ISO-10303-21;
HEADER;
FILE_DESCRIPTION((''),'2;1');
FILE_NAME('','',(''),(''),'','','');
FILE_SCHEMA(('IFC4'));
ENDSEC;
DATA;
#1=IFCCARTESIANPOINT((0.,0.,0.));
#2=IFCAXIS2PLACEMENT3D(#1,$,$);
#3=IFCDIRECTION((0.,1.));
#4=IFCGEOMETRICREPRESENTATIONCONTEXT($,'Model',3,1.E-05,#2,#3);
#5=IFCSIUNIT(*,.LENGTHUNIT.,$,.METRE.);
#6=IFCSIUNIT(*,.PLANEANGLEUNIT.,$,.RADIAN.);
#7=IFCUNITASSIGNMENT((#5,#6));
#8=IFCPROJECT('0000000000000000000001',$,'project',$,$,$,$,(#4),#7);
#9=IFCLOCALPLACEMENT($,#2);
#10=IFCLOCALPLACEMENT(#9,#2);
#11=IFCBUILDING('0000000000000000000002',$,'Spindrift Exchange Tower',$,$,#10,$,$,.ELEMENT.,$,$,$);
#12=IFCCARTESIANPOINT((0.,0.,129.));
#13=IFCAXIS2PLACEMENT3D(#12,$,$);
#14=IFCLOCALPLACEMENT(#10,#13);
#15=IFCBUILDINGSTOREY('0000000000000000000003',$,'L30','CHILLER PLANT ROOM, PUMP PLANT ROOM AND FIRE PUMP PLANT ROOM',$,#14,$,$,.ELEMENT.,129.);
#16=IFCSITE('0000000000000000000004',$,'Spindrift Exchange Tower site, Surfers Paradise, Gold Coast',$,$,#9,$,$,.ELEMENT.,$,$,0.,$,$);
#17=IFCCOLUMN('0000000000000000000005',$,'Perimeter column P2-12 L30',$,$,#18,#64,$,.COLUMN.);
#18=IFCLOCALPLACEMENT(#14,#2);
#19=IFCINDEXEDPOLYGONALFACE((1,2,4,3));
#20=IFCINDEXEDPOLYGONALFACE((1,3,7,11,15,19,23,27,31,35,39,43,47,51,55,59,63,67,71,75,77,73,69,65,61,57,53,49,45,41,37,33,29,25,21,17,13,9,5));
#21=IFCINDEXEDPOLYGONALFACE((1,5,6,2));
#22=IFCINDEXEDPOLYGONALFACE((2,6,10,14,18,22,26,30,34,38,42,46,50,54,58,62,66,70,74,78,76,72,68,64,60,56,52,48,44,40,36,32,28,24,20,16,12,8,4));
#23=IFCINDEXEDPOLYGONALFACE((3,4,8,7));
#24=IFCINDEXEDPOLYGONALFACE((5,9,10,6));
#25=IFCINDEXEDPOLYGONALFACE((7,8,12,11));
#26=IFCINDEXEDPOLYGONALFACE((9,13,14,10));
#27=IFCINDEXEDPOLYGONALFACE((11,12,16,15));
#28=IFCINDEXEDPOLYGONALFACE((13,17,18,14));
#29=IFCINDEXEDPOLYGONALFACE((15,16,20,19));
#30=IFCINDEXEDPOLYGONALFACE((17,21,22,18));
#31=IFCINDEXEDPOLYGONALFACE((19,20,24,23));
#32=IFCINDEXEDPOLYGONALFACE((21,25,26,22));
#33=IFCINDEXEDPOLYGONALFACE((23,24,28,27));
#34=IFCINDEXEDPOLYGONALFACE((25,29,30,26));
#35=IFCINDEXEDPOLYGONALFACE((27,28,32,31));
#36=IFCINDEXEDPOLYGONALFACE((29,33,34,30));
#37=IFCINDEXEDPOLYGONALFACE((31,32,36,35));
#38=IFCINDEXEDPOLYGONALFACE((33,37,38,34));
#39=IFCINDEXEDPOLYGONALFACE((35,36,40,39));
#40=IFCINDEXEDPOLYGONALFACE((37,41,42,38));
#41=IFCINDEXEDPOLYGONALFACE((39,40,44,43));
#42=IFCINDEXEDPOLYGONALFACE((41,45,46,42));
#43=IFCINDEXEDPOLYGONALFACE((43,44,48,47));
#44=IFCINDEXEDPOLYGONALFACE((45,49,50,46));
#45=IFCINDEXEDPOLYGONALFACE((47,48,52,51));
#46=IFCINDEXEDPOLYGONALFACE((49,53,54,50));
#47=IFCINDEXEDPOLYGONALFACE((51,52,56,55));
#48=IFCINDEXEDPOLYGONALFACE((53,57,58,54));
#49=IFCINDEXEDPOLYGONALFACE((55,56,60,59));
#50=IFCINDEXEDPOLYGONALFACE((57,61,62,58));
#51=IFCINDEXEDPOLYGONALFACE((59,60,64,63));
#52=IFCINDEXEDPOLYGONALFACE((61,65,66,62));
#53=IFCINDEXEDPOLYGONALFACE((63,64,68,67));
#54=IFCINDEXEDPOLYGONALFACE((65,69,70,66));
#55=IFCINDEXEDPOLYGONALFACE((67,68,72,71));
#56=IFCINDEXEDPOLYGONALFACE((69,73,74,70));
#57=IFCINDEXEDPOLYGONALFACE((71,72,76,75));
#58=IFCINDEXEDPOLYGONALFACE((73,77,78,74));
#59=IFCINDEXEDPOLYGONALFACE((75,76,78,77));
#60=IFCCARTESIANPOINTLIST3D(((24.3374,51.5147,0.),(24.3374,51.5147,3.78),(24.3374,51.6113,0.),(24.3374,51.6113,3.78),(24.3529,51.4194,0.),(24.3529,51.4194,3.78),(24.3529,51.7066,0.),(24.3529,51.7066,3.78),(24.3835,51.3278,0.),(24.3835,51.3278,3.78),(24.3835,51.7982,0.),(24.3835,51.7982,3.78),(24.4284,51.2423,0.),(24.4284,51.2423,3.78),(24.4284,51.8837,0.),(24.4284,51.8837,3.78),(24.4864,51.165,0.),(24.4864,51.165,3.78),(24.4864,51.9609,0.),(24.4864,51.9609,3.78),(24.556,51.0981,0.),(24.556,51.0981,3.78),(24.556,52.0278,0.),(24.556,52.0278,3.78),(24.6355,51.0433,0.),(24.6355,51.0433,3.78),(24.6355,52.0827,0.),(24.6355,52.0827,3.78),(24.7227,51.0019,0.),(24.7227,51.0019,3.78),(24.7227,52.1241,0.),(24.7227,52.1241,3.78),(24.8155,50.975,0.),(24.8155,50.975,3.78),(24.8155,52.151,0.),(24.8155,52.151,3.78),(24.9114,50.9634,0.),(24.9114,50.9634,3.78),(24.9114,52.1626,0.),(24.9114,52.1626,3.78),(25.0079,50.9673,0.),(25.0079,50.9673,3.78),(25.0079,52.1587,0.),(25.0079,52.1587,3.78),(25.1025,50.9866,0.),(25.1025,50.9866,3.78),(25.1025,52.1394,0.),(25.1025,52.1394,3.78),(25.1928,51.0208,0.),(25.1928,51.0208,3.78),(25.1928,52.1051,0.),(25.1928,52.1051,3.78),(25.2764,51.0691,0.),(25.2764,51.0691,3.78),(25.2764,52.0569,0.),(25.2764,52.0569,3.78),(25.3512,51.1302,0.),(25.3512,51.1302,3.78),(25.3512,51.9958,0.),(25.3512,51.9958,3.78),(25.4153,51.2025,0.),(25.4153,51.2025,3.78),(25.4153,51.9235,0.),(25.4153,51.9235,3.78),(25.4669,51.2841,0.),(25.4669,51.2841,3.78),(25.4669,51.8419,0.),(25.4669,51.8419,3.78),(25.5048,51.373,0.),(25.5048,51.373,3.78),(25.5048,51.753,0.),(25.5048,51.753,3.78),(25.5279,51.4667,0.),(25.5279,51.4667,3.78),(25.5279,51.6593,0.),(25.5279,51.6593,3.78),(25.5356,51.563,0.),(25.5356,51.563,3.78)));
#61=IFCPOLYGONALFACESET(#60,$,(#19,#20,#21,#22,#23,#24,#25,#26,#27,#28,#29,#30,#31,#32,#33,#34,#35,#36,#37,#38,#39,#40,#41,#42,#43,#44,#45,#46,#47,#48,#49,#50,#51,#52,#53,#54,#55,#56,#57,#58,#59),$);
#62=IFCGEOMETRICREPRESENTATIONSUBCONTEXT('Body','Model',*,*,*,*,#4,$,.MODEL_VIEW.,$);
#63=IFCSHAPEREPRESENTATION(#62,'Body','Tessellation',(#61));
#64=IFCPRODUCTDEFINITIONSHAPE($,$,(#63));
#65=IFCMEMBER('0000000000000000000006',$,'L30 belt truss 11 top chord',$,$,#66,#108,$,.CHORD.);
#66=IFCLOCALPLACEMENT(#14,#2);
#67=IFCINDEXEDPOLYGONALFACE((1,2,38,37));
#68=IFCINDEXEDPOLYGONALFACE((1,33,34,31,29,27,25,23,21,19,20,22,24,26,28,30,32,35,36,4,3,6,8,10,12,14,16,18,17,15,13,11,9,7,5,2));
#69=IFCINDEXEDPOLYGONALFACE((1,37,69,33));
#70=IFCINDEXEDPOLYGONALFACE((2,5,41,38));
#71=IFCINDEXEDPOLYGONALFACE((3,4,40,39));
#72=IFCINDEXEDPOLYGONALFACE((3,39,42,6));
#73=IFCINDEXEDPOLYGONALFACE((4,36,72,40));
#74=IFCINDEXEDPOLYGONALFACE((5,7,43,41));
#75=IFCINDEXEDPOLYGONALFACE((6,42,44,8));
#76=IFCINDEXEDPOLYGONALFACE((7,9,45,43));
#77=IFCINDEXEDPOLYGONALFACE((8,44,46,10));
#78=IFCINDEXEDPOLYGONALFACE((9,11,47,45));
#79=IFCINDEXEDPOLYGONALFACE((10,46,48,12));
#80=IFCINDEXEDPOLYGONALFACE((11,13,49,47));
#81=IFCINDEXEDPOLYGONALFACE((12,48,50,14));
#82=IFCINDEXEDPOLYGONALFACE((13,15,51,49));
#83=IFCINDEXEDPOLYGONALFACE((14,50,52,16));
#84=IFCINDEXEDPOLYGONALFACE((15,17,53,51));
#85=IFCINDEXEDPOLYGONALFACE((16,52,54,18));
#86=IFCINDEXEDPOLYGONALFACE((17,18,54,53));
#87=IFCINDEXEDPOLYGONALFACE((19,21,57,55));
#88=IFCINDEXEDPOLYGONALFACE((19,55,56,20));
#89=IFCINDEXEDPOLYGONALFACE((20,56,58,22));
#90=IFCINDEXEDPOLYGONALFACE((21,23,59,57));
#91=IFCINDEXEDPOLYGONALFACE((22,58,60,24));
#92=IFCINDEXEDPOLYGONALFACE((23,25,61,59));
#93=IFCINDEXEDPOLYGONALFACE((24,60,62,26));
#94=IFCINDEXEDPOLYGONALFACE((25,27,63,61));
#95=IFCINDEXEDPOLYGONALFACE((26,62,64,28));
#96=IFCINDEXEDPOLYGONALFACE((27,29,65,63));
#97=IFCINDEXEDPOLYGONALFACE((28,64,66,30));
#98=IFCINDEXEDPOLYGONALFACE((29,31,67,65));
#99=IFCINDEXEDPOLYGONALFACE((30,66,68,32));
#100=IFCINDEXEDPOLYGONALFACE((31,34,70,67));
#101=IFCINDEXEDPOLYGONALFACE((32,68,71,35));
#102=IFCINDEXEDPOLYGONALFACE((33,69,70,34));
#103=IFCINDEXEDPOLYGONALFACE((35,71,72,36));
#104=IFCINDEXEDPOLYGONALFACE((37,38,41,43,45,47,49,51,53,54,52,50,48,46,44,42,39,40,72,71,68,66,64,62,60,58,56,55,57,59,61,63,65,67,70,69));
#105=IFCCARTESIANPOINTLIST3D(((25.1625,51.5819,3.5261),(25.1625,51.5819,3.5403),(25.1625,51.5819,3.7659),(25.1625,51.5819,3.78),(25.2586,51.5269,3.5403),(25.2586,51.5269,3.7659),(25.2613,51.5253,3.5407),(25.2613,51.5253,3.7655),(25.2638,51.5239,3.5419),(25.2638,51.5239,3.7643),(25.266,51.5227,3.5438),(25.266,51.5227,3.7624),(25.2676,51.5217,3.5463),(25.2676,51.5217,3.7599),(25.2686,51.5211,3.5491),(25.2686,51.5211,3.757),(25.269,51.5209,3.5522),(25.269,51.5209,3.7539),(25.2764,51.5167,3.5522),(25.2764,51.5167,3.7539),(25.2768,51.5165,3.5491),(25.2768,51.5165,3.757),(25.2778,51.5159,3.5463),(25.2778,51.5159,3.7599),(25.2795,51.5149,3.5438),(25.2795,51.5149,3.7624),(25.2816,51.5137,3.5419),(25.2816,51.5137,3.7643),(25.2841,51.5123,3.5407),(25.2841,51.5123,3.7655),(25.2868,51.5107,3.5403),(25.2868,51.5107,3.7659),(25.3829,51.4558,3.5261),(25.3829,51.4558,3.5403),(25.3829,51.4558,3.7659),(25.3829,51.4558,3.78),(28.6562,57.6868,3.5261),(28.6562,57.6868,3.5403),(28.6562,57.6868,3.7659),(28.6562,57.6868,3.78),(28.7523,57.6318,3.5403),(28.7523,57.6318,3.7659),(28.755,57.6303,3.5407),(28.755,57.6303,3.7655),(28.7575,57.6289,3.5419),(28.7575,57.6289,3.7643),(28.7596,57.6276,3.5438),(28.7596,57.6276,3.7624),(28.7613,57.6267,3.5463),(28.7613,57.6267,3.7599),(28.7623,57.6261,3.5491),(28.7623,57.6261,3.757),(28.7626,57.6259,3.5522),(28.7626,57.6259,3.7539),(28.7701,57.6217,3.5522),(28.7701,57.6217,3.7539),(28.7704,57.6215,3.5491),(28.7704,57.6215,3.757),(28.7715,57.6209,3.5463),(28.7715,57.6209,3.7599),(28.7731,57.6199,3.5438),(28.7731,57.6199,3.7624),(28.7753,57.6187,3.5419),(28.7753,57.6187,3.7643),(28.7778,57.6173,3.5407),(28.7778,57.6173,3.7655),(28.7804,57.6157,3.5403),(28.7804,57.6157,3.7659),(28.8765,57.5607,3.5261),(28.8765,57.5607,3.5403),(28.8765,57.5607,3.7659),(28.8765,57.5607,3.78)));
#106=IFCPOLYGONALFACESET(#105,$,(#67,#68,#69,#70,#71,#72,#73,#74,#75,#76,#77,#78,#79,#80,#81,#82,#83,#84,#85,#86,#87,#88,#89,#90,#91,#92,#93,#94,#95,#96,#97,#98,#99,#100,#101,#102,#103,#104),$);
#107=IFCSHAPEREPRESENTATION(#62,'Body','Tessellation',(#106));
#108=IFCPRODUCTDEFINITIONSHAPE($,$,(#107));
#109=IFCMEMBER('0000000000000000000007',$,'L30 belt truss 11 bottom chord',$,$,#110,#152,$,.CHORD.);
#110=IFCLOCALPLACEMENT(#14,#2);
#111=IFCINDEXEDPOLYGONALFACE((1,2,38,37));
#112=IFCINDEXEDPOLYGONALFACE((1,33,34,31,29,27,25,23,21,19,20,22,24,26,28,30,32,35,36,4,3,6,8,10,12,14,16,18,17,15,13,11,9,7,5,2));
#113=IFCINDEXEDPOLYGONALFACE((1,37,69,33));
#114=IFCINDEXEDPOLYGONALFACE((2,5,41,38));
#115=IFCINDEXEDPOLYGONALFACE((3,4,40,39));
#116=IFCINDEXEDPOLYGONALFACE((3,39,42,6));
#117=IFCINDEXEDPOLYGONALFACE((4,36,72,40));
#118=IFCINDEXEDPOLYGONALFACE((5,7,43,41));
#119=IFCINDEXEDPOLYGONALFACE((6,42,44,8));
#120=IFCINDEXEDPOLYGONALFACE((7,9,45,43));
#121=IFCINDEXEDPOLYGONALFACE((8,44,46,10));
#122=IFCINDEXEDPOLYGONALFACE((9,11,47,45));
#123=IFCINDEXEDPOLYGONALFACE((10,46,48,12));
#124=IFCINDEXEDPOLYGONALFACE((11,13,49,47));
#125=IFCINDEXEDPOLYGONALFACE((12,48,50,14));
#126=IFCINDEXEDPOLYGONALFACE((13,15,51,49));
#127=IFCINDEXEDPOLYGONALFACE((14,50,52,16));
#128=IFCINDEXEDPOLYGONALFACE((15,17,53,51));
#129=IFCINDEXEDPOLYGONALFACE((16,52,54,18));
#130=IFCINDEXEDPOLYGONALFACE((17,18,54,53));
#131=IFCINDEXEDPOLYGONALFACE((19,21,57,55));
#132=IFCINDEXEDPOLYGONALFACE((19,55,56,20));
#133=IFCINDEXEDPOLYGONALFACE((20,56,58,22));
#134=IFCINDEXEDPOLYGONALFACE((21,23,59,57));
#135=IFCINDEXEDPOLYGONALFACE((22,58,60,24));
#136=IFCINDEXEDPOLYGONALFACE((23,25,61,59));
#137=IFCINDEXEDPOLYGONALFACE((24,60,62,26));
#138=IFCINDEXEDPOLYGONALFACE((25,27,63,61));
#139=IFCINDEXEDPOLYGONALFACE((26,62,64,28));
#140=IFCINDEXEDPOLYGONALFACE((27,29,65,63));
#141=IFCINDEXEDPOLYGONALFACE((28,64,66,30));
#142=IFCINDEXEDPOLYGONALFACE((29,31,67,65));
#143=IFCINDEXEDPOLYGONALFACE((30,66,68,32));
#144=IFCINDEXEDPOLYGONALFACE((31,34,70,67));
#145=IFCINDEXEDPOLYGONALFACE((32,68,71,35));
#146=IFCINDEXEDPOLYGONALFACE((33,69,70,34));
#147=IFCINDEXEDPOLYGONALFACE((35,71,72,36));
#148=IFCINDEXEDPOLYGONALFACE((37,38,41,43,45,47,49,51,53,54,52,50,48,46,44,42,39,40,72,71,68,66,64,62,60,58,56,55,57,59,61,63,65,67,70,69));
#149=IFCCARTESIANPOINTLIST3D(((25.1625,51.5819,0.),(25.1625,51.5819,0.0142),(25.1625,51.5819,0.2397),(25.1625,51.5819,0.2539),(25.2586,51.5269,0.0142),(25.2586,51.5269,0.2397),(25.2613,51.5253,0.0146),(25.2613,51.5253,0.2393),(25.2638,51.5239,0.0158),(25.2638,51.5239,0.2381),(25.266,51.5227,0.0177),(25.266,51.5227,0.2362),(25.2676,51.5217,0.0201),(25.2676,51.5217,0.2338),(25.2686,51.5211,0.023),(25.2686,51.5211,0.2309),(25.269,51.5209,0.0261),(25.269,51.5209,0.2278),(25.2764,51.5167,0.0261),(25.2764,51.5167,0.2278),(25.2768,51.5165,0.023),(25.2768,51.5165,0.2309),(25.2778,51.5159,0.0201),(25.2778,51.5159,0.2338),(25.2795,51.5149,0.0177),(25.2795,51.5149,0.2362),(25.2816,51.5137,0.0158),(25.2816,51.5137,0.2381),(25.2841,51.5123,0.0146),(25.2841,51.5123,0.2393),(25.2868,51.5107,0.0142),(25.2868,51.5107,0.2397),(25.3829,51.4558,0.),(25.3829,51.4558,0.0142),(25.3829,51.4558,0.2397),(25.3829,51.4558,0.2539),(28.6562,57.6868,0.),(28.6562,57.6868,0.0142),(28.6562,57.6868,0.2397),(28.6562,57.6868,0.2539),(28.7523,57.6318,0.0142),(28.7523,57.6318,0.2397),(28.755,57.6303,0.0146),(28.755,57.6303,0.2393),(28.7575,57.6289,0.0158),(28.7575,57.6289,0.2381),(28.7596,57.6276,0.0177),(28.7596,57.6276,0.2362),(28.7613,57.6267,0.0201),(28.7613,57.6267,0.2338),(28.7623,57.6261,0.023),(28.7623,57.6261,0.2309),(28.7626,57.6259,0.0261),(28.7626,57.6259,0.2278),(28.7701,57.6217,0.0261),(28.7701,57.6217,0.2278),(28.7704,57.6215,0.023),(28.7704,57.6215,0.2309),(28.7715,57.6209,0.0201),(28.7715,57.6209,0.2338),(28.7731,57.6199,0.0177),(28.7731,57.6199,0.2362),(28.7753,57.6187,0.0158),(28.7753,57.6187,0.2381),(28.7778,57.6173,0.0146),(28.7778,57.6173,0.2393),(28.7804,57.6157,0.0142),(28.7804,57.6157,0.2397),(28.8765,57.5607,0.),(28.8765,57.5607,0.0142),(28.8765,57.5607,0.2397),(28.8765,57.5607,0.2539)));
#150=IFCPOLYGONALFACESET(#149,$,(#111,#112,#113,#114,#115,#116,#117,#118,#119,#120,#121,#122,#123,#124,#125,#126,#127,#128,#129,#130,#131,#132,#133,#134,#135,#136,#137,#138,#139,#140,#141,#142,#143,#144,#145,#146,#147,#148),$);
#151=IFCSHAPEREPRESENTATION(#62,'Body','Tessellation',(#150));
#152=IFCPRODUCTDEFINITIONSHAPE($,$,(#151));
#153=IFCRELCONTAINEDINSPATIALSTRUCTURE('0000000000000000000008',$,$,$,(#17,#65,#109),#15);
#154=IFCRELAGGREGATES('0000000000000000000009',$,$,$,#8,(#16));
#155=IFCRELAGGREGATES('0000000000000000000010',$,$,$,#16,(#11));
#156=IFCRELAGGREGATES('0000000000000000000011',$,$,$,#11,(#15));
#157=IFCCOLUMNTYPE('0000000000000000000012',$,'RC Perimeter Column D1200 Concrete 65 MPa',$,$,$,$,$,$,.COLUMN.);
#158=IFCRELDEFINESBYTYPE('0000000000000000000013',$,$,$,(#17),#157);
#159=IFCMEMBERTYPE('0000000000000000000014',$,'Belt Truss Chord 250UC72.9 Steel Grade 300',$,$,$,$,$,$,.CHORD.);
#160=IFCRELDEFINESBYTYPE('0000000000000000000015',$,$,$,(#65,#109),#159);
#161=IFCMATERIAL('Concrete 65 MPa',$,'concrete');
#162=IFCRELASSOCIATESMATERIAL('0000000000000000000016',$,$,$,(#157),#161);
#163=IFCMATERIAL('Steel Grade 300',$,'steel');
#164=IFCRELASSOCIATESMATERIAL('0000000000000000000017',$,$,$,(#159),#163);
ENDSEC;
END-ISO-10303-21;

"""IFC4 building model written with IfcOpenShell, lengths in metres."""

from ifc_helpers import new_model, si_unit, direction, frame, origin, origin_2d, place, context, subcontext, project, spatial, circle, i_section, extrude, source, transform, mapped, material, material_profile, profile_set, type_object, element, save


model = new_model("IFC4")

# Units and contexts
model_context = context("Model", 3, precision=1e-05, world=origin(), true_north=direction((0.0, 1.0)))
body_context = subcontext(model_context, "Body", "Model", "MODEL_VIEW")
ifc_project = project(units=[si_unit("LENGTHUNIT", "METRE"), si_unit("PLANEANGLEUNIT", "RADIAN")], contexts=[model_context])

# Site, building, storey
site_placement = place(None, origin())
site = spatial("IfcSite", under=ifc_project, at=site_placement, Name="Spindrift Exchange Tower site, Surfers Paradise, Gold Coast", CompositionType="ELEMENT", RefElevation=0.0)
building_placement = place(site_placement, origin())
building = spatial("IfcBuilding", under=site, at=building_placement, Name="Spindrift Exchange Tower", CompositionType="ELEMENT")
storey_placement = place(building_placement, frame((0.0, 0.0, 129.0)))
storey = spatial("IfcBuildingStorey", under=building, at=storey_placement, Name="L30", Description="CHILLER PLANT ROOM, PUMP PLANT ROOM AND FIRE PUMP PLANT ROOM", CompositionType="ELEMENT", Elevation=129.0)

# Column
ifc_material_1 = material(Name="Concrete 65 MPa", Category="concrete")
ifc_material_profile_1 = material_profile(ifc_material_1, circle(Radius=0.6001, at=origin_2d()), Name="RC D1200")
ifc_profile_set_1 = profile_set([ifc_material_profile_1], Name="Concrete 65 MPa")
column_type = type_object("IfcColumnType", Name="RC Perimeter Column D1200 Concrete 65 MPa", PredefinedType="COLUMN", material=ifc_profile_set_1)
shared_shape_1 = source(origin(), body_context, "Body", "SweptSolid", [
    extrude(circle(Radius=0.6001, at=origin_2d()), origin(), (0.0, 0.0, 1.0), 3.78),
])
column_placement = place(storey_placement, frame((24.9355, 51.563, 0.0), z_axis=(0.0, 0.0, 1.0), x_axis=(1.0, 0.0, 0.0)))
element("IfcColumn", 1, at=column_placement, inside=storey, type_object=column_type, Name="Perimeter column P2-12 L30", PredefinedType="COLUMN", context=body_context, shape_type="MappedRepresentation", body=[
    mapped(shared_shape_1, transform((0.0, 0.0, 0.0), scale=1.0)),
])

# Members
ifc_material_2 = material(Name="Steel Grade 300", Category="steel")
ifc_material_profile_2 = material_profile(ifc_material_2, i_section(OverallWidth=0.2539, OverallDepth=0.2539, WebThickness=0.0085, FlangeThickness=0.0142, FilletRadius=0.012, at=origin_2d()), Name="250UC72.9")
ifc_profile_set_2 = profile_set([ifc_material_profile_2], Name="Steel Grade 300")
member_type_1 = type_object("IfcMemberType", Name="Belt Truss Chord 250UC72.9 Steel Grade 300", PredefinedType="CHORD", material=ifc_profile_set_2)
shared_shape_2 = source(origin(), body_context, "Body", "SweptSolid", [
    extrude(i_section(OverallWidth=0.2539, OverallDepth=0.2539, WebThickness=0.0085, FlangeThickness=0.0142, FilletRadius=0.012, at=origin_2d()), origin(), (0.0, 0.0, 1.0), 7.0339),
])
for number, where, z_axis, x_axis, name in (
    (2, (28.7664, 57.6238, 3.6531), (-0.496685, -0.867931, 0.0), (0.867931, -0.496685, 0.0), "L30 belt truss 11 top chord"),
    (3, (28.7664, 57.6238, 0.127), (-0.496685, -0.867931, 0.0), (0.867931, -0.496685, 0.0), "L30 belt truss 11 bottom chord"),
):
    element("IfcMember", number, at=place(storey_placement, frame(where, z_axis=z_axis, x_axis=x_axis)), inside=storey, type_object=member_type_1, Name=name, PredefinedType="CHORD", context=body_context, shape_type="MappedRepresentation", body=[
        mapped(shared_shape_2, transform((0.0, 0.0, 0.0), scale=1.0)),
    ])

save(model, "model.ifc")
